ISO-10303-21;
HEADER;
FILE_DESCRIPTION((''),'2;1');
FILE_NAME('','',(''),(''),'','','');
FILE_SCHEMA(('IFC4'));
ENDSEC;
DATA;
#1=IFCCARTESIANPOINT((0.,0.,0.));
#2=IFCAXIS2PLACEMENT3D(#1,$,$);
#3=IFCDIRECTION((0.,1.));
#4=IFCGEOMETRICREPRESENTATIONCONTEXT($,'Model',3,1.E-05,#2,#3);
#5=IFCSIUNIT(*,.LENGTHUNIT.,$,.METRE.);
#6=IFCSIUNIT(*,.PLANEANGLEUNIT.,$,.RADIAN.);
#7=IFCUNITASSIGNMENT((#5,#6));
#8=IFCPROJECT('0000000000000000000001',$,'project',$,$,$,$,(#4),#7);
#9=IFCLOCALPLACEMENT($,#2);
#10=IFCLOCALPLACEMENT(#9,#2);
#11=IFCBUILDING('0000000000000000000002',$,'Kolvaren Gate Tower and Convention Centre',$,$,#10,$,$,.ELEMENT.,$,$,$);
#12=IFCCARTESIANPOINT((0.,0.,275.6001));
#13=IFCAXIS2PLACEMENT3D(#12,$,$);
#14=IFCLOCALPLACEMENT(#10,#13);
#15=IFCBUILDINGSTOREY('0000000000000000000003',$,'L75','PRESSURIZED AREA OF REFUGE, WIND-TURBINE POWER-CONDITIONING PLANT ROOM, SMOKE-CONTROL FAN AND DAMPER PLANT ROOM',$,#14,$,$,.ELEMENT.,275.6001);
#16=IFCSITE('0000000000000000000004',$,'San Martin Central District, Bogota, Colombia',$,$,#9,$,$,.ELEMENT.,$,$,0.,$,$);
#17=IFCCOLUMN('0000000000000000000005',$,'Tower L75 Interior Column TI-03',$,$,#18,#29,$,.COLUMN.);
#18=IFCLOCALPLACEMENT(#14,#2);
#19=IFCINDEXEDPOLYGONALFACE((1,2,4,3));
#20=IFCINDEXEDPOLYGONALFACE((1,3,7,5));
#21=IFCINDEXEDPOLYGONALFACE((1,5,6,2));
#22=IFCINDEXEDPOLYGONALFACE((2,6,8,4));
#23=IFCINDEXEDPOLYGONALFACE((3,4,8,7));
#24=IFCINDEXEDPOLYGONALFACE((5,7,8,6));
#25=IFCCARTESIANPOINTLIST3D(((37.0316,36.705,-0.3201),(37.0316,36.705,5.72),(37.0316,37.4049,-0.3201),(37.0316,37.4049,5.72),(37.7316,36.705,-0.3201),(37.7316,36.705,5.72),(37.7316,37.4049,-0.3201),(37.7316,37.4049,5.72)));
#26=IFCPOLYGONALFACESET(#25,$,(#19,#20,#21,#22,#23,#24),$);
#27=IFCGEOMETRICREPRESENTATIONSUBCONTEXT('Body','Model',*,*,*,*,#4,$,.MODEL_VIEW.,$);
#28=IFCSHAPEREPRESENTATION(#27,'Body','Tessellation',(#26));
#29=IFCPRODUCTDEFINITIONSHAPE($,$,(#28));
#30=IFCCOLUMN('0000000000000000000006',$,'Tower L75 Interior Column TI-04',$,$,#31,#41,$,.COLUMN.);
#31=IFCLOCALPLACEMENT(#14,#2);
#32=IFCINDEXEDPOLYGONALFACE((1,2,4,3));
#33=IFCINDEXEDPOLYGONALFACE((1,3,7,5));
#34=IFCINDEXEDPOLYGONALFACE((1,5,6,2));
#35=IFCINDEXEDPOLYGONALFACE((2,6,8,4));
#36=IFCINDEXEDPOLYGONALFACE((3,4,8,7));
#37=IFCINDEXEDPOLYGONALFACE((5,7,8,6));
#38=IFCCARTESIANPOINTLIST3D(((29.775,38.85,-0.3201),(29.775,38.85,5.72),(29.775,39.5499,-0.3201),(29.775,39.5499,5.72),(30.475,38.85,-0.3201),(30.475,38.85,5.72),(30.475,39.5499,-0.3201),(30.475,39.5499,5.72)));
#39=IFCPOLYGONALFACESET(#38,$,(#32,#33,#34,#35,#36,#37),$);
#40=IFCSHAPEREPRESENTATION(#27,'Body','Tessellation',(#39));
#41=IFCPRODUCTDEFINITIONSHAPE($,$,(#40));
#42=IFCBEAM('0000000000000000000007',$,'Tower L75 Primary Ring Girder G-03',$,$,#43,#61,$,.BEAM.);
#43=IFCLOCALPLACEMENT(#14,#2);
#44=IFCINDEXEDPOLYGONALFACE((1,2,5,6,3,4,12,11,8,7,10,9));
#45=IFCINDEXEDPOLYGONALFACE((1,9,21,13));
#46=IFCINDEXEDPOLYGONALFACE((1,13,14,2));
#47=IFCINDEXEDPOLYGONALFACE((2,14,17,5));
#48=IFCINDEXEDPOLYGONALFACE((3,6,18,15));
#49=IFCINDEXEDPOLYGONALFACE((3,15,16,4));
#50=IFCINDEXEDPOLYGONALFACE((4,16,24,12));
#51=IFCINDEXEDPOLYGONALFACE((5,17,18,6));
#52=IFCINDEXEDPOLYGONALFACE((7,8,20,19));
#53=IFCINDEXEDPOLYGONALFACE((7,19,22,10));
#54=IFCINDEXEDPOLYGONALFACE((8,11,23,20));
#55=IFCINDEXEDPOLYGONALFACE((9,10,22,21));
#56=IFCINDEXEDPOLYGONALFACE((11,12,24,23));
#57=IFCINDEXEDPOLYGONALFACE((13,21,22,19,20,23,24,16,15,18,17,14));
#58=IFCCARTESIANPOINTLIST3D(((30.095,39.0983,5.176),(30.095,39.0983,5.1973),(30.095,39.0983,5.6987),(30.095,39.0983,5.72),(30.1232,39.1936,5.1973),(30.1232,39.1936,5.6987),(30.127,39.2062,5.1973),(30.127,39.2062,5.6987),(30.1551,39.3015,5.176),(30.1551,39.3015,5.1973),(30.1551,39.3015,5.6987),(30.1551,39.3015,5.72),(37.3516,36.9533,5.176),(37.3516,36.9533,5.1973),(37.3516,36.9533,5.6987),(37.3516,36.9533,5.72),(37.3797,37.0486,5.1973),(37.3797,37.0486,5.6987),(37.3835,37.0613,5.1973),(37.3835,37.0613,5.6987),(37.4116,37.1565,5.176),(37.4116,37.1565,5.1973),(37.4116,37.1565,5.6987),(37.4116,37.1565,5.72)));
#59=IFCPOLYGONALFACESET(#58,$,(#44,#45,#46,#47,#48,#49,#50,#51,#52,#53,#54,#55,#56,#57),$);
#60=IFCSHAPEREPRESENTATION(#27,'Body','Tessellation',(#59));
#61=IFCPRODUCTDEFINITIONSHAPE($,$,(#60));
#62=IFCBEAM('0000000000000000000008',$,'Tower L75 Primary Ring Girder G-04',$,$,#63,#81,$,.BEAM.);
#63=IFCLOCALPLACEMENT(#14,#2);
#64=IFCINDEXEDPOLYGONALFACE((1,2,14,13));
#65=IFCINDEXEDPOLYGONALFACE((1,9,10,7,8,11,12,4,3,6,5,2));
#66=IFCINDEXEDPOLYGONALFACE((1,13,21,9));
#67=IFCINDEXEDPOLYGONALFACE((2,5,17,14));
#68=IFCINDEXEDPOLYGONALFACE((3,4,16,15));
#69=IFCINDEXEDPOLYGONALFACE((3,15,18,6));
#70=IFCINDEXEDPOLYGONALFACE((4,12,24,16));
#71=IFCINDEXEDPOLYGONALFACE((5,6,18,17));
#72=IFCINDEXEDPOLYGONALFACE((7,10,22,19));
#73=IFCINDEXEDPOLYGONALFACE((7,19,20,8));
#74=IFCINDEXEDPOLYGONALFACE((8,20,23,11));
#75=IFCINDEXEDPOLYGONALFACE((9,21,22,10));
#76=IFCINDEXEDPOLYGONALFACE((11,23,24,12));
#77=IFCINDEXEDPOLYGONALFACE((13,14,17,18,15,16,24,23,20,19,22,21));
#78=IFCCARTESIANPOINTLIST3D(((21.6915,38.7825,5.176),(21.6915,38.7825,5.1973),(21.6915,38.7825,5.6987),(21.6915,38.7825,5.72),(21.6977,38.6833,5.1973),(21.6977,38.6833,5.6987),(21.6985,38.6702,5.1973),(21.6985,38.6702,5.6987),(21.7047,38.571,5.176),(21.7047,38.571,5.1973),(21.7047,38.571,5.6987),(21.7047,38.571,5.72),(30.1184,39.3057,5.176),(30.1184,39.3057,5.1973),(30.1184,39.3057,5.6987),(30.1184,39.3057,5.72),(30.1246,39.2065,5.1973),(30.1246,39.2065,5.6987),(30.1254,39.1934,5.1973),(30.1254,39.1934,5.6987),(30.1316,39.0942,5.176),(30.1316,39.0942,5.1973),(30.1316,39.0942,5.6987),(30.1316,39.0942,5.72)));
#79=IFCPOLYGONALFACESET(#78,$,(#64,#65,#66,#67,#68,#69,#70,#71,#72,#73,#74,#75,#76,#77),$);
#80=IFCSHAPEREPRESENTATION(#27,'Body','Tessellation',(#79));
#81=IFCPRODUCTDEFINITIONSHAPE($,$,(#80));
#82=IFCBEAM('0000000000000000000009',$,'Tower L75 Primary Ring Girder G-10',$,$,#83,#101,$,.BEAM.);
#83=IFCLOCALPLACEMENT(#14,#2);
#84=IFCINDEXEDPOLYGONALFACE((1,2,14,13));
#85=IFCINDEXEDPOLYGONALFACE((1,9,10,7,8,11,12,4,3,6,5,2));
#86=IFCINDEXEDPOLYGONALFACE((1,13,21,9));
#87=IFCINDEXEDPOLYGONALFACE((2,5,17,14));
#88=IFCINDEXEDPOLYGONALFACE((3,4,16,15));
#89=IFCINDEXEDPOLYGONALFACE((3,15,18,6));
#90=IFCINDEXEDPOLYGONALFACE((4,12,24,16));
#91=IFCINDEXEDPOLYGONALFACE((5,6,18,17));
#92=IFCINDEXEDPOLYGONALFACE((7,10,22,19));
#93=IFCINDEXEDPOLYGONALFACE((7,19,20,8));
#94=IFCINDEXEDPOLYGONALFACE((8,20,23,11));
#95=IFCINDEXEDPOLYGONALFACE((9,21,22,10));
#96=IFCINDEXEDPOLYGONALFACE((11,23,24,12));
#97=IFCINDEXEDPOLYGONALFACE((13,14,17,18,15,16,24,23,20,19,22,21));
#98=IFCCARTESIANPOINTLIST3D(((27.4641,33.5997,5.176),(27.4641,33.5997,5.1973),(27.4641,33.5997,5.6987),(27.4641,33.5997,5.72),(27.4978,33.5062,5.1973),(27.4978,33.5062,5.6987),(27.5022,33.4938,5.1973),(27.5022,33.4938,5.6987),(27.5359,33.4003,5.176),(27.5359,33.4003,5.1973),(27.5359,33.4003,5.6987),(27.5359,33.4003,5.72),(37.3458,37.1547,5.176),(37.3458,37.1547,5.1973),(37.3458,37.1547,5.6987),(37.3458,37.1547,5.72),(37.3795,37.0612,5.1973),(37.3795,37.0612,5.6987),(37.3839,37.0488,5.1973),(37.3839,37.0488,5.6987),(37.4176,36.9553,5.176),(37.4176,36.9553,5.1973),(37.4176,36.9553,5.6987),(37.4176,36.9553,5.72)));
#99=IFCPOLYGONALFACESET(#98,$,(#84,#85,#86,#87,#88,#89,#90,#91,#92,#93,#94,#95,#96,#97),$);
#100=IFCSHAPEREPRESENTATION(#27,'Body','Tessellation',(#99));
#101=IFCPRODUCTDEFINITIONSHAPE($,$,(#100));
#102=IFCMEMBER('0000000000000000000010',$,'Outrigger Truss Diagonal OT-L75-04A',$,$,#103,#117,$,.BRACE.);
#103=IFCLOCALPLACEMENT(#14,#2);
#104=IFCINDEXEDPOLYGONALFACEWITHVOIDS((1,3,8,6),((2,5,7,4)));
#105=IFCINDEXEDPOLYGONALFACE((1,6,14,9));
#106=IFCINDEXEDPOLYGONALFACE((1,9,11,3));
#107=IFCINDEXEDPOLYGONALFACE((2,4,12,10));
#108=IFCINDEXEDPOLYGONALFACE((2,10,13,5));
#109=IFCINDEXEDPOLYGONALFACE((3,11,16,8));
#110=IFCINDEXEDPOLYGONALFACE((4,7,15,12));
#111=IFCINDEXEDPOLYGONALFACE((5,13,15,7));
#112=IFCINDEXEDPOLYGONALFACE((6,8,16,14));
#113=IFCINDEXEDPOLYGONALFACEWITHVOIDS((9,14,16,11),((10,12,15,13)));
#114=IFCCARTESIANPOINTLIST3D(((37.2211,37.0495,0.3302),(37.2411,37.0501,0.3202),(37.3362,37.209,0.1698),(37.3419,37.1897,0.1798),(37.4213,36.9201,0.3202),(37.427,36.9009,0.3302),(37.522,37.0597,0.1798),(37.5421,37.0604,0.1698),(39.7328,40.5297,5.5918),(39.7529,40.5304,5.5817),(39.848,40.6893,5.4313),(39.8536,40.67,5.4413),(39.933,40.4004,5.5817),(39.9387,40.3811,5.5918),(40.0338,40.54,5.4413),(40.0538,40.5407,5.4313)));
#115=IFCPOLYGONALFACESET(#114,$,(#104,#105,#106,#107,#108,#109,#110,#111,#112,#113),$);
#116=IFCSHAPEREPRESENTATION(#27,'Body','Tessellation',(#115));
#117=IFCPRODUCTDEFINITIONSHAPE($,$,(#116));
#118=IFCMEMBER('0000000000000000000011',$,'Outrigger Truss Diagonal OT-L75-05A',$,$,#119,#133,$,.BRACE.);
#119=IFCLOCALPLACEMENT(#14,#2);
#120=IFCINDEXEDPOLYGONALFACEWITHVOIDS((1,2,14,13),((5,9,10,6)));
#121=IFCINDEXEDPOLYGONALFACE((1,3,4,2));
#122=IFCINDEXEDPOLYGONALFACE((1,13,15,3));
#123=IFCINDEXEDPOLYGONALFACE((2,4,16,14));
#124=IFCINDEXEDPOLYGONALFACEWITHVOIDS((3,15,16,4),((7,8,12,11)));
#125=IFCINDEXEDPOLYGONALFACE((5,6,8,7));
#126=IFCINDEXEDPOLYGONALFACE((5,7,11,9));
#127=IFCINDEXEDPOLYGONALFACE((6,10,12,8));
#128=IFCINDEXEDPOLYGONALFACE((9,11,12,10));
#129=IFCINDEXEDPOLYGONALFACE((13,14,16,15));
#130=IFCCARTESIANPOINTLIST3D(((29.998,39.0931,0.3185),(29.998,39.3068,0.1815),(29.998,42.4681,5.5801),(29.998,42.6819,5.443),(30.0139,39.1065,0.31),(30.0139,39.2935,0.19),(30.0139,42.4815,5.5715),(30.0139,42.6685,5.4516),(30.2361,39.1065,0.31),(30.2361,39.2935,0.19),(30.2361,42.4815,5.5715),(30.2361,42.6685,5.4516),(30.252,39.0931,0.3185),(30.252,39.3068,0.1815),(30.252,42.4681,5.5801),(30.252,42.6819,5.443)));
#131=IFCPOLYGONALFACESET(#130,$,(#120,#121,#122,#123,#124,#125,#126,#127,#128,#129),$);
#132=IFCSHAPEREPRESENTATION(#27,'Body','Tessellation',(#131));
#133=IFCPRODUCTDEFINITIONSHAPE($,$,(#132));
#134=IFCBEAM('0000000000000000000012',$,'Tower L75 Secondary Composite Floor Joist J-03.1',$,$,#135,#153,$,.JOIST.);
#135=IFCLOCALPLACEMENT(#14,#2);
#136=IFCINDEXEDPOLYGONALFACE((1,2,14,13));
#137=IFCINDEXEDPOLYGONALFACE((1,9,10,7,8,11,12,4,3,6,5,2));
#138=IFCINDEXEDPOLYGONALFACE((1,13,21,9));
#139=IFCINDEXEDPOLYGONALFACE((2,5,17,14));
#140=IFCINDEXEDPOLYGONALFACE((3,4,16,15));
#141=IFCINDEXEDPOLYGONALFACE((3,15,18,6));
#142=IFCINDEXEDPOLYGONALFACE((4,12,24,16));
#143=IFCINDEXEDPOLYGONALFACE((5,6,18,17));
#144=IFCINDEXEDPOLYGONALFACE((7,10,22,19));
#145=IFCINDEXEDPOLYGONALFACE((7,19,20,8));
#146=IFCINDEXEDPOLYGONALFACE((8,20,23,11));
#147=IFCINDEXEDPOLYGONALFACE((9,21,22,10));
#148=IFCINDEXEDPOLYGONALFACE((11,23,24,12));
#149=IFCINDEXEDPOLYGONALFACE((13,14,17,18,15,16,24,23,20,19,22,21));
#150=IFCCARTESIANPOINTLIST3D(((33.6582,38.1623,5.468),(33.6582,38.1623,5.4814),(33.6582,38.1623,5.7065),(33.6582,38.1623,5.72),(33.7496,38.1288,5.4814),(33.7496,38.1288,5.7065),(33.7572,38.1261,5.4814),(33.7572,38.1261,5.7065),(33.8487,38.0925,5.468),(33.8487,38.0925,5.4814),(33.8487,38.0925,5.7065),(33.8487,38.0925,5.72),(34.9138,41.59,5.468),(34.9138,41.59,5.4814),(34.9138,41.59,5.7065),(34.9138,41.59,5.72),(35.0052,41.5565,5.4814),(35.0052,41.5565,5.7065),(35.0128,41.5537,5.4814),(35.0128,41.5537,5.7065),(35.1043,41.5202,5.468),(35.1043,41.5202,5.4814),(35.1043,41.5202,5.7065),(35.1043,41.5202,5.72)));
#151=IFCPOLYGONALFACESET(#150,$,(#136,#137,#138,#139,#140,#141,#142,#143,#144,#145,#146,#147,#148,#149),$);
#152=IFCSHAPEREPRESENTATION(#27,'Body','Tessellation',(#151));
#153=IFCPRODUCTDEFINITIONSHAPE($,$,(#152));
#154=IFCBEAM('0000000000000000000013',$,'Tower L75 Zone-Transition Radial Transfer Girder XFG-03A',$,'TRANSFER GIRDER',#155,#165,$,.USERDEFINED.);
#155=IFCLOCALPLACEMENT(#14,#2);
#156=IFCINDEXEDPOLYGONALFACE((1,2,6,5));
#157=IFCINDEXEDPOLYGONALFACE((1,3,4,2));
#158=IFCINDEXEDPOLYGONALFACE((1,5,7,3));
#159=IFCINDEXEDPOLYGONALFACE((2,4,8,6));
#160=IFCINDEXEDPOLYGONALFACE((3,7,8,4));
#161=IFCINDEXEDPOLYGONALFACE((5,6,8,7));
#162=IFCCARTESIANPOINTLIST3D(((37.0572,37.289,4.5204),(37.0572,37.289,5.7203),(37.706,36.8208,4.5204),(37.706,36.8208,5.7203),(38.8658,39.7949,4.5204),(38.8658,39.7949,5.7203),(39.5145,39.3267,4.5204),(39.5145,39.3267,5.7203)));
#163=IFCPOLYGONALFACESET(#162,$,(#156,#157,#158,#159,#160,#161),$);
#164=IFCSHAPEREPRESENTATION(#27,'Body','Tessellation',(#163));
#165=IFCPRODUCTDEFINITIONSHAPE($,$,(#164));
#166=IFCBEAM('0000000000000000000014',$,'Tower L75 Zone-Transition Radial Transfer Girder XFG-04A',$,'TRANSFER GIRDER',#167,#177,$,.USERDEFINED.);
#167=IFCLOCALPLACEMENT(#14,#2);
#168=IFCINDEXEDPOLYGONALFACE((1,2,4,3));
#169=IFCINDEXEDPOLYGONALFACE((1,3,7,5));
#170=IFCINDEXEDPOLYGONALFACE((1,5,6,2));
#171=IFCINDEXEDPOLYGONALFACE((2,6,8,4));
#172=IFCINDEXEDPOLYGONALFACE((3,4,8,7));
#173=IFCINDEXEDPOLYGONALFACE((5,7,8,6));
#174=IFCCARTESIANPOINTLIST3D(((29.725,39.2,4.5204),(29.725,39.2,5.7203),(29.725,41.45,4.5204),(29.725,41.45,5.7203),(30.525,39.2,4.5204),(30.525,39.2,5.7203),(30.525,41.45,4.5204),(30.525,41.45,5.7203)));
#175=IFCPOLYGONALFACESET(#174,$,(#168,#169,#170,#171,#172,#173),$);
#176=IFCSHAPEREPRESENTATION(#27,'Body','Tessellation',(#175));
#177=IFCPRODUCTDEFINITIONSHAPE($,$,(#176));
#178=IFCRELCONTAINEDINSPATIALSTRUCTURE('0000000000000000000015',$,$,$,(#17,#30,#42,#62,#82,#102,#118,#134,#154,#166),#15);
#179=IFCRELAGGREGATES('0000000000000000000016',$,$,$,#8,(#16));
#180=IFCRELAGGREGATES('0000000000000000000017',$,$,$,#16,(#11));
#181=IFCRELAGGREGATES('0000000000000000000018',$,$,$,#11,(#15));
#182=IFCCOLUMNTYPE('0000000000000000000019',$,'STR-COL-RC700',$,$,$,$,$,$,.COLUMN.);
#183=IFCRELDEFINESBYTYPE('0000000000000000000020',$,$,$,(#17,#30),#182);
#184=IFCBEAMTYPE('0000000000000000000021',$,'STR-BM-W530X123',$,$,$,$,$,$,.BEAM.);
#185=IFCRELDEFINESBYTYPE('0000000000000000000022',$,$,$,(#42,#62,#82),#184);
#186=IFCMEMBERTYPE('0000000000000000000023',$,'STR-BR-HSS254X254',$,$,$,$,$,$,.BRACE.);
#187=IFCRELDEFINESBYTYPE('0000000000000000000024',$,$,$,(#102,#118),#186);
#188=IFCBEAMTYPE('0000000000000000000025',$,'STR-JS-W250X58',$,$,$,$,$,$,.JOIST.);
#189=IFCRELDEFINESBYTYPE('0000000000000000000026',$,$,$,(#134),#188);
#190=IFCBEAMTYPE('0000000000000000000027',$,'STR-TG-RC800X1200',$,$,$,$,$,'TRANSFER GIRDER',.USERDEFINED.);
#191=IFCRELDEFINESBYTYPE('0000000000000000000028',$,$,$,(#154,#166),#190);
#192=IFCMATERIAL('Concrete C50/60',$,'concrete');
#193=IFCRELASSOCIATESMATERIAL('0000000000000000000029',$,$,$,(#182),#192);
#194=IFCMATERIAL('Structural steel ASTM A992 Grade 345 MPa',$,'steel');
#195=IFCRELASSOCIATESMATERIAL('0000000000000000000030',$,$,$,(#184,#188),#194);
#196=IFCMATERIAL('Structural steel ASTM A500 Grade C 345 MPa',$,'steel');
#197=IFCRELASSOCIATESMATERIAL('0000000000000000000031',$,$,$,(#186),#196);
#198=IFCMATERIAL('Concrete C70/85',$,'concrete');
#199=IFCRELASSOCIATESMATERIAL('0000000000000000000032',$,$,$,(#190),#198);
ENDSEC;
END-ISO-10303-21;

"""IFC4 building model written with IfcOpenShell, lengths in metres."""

from ifc_helpers import new_model, si_unit, direction, frame, origin, origin_2d, place, context, subcontext, project, spatial, rectangle, hollow_rectangle, i_section, extrude, material, material_profile, profile_set, type_object, element, save


model = new_model("IFC4")

# Units and contexts
model_context = context("Model", 3, precision=1e-05, world=origin(), true_north=direction((0.0, 1.0)))
body_context = subcontext(model_context, "Body", "Model", "MODEL_VIEW")
ifc_project = project(units=[si_unit("LENGTHUNIT", "METRE"), si_unit("PLANEANGLEUNIT", "RADIAN")], contexts=[model_context])

# Site, building, storey
site_placement = place(None, origin())
site = spatial("IfcSite", under=ifc_project, at=site_placement, Name="San Martin Central District, Bogota, Colombia", CompositionType="ELEMENT", RefElevation=0.0)
building_placement = place(site_placement, origin())
building = spatial("IfcBuilding", under=site, at=building_placement, Name="Kolvaren Gate Tower and Convention Centre", CompositionType="ELEMENT")
storey_placement = place(building_placement, frame((0.0, 0.0, 275.6001)))
storey = spatial("IfcBuildingStorey", under=building, at=storey_placement, Name="L75", Description="PRESSURIZED AREA OF REFUGE, WIND-TURBINE POWER-CONDITIONING PLANT ROOM, SMOKE-CONTROL FAN AND DAMPER PLANT ROOM", CompositionType="ELEMENT", Elevation=275.6001)

# Columns
ifc_material_1 = material(Name="Concrete C50/60", Category="concrete")
ifc_material_profile_1 = material_profile(ifc_material_1, rectangle(XDim=0.7, YDim=0.7, at=origin_2d()), Name="RC-COL-700X700")
ifc_profile_set_1 = profile_set([ifc_material_profile_1], Name="Concrete C50/60")
column_type = type_object("IfcColumnType", Name="STR-COL-RC700", PredefinedType="COLUMN", material=ifc_profile_set_1)
for number, where, z_axis, x_axis, name in (
    (1, (37.3816, 37.0549, -0.3201), (0.0, 0.0, 1.0), (1.0, 0.0, 0.0), "Tower L75 Interior Column TI-03"),
    (2, (30.125, 39.2, -0.3201), (0.0, 0.0, 1.0), (1.0, 0.0, 0.0), "Tower L75 Interior Column TI-04"),
):
    element("IfcColumn", number, at=place(storey_placement, frame(where, z_axis=z_axis, x_axis=x_axis)), inside=storey, type_object=column_type, Name=name, PredefinedType="COLUMN", context=body_context, shape_type="SweptSolid", body=[
        extrude(rectangle(XDim=0.7, YDim=0.7, at=origin_2d()), origin(), (0.0, 0.0, 1.0), 6.04),
    ])

# Beams
ifc_material_2 = material(Name="Structural steel ASTM A992 Grade 345 MPa", Category="steel")
ifc_material_profile_2 = material_profile(ifc_material_2, i_section(OverallWidth=0.2119, OverallDepth=0.5439, WebThickness=0.0132, FlangeThickness=0.0212, at=origin_2d()), Name="W530X123")
ifc_profile_set_2 = profile_set([ifc_material_profile_2], Name="Structural steel ASTM A992 Grade 345 MPa")
beam_type_1 = type_object("IfcBeamType", Name="STR-BM-W530X123", PredefinedType="BEAM", material=ifc_profile_set_2)
beam_1_placement = place(storey_placement, frame((37.3816, 37.0549, 5.448), z_axis=(-0.958981, 0.283471, 0.0), x_axis=(-0.283471, -0.958981, 0.0)))
element("IfcBeam", 3, at=beam_1_placement, inside=storey, type_object=beam_type_1, Name="Tower L75 Primary Ring Girder G-03", PredefinedType="BEAM", context=body_context, shape_type="SweptSolid", body=[
    extrude(i_section(OverallWidth=0.2119, OverallDepth=0.5439, WebThickness=0.0132, FlangeThickness=0.0212, at=origin_2d()), origin(), (0.0, 0.0, 1.0), 7.5669),
])
beam_2_placement = place(storey_placement, frame((30.125, 39.2, 5.448), z_axis=(-0.998078, -0.061966, 0.0), x_axis=(0.061966, -0.998078, 0.0)))
element("IfcBeam", 4, at=beam_2_placement, inside=storey, type_object=beam_type_1, Name="Tower L75 Primary Ring Girder G-04", PredefinedType="BEAM", context=body_context, shape_type="SweptSolid", body=[
    extrude(i_section(OverallWidth=0.2119, OverallDepth=0.5439, WebThickness=0.0132, FlangeThickness=0.0212, at=origin_2d()), origin(), (0.0, 0.0, 1.0), 8.4431),
])
beam_3_placement = place(storey_placement, frame((27.5, 33.5, 5.448), z_axis=(0.940961, 0.338514, 0.0), x_axis=(-0.338514, 0.940961, 0.0)))
element("IfcBeam", 5, at=beam_3_placement, inside=storey, type_object=beam_type_1, Name="Tower L75 Primary Ring Girder G-10", PredefinedType="BEAM", context=body_context, shape_type="SweptSolid", body=[
    extrude(i_section(OverallWidth=0.2119, OverallDepth=0.5439, WebThickness=0.0132, FlangeThickness=0.0212, at=origin_2d()), origin(), (0.0, 0.0, 1.0), 10.5017),
])

# Members
ifc_material_3 = material(Name="Structural steel ASTM A500 Grade C 345 MPa", Category="steel")
ifc_material_profile_3 = material_profile(ifc_material_3, hollow_rectangle(XDim=0.2539, YDim=0.2539, WallThickness=0.0159, at=origin_2d()), Name="HSS254X254X15.9")
ifc_profile_set_3 = profile_set([ifc_material_profile_3], Name="Structural steel ASTM A500 Grade C 345 MPa")
member_type = type_object("IfcMemberType", Name="STR-BR-HSS254X254", PredefinedType="BRACE", material=ifc_profile_set_3)
member_1_placement = place(storey_placement, frame((37.3816, 37.0549, 0.25), z_axis=(0.369916, 0.512553, 0.774888), x_axis=(-0.810876, 0.585218, 0.0)))
element("IfcMember", 6, at=member_1_placement, inside=storey, type_object=member_type, Name="Outrigger Truss Diagonal OT-L75-04A", PredefinedType="BRACE", context=body_context, shape_type="SweptSolid", body=[
    extrude(hollow_rectangle(XDim=0.2539, YDim=0.2539, WallThickness=0.0159, at=origin_2d()), origin(), (0.0, 0.0, 1.0), 6.79),
])
member_2_placement = place(storey_placement, frame((30.125, 39.2, 0.25), z_axis=(0.0, 0.539922, 0.841715), x_axis=(-1.0, 0.0, 0.0)))
element("IfcMember", 7, at=member_2_placement, inside=storey, type_object=member_type, Name="Outrigger Truss Diagonal OT-L75-05A", PredefinedType="BRACE", context=body_context, shape_type="SweptSolid", body=[
    extrude(hollow_rectangle(XDim=0.2539, YDim=0.2539, WallThickness=0.0159, at=origin_2d()), origin(), (0.0, 0.0, 1.0), 6.251),
])

# Beams
ifc_material_profile_4 = material_profile(ifc_material_2, i_section(OverallWidth=0.2029, OverallDepth=0.252, WebThickness=0.0081, FlangeThickness=0.0134, at=origin_2d()), Name="W250X58")
ifc_profile_set_4 = profile_set([ifc_material_profile_4], Name="Structural steel ASTM A992 Grade 345 MPa")
beam_type_2 = type_object("IfcBeamType", Name="STR-JS-W250X58", PredefinedType="JOIST", material=ifc_profile_set_4)
beam_4_placement = place(storey_placement, frame((33.7534, 38.1274, 5.594), z_axis=(0.34396, 0.938984, 0.0), x_axis=(-0.938984, 0.34396, 0.0)))
element("IfcBeam", 8, at=beam_4_placement, inside=storey, type_object=beam_type_2, Name="Tower L75 Secondary Composite Floor Joist J-03.1", PredefinedType="JOIST", context=body_context, shape_type="SweptSolid", body=[
    extrude(i_section(OverallWidth=0.2029, OverallDepth=0.252, WebThickness=0.0081, FlangeThickness=0.0134, at=origin_2d()), origin(), (0.0, 0.0, 1.0), 3.6504),
])
ifc_material_4 = material(Name="Concrete C70/85", Category="concrete")
ifc_material_profile_5 = material_profile(ifc_material_4, rectangle(XDim=0.8, YDim=1.2, at=origin_2d()), Name="RC-BM-800X1200")
ifc_profile_set_5 = profile_set([ifc_material_profile_5], Name="Concrete C70/85")
beam_type_3 = type_object("IfcBeamType", Name="STR-TG-RC800X1200", ElementType="TRANSFER GIRDER", PredefinedType="USERDEFINED", material=ifc_profile_set_5)
beam_5_placement = place(storey_placement, frame((37.3816, 37.0549, 5.1204), z_axis=(0.585237, 0.810863, 0.0), x_axis=(-0.810863, 0.585237, 0.0)))
element("IfcBeam", 9, at=beam_5_placement, inside=storey, type_object=beam_type_3, Name="Tower L75 Zone-Transition Radial Transfer Girder XFG-03A", ObjectType="TRANSFER GIRDER", PredefinedType="USERDEFINED", context=body_context, shape_type="SweptSolid", body=[
    extrude(rectangle(XDim=0.8, YDim=1.2, at=origin_2d()), origin(), (0.0, 0.0, 1.0), 3.0903),
])
beam_6_placement = place(storey_placement, frame((30.125, 39.2, 5.1204), z_axis=(0.0, 1.0, 0.0), x_axis=(-1.0, 0.0, 0.0)))
element("IfcBeam", 10, at=beam_6_placement, inside=storey, type_object=beam_type_3, Name="Tower L75 Zone-Transition Radial Transfer Girder XFG-04A", ObjectType="TRANSFER GIRDER", PredefinedType="USERDEFINED", context=body_context, shape_type="SweptSolid", body=[
    extrude(rectangle(XDim=0.8, YDim=1.2, at=origin_2d()), origin(), (0.0, 0.0, 1.0), 2.25),
])

save(model, "model.ifc")
